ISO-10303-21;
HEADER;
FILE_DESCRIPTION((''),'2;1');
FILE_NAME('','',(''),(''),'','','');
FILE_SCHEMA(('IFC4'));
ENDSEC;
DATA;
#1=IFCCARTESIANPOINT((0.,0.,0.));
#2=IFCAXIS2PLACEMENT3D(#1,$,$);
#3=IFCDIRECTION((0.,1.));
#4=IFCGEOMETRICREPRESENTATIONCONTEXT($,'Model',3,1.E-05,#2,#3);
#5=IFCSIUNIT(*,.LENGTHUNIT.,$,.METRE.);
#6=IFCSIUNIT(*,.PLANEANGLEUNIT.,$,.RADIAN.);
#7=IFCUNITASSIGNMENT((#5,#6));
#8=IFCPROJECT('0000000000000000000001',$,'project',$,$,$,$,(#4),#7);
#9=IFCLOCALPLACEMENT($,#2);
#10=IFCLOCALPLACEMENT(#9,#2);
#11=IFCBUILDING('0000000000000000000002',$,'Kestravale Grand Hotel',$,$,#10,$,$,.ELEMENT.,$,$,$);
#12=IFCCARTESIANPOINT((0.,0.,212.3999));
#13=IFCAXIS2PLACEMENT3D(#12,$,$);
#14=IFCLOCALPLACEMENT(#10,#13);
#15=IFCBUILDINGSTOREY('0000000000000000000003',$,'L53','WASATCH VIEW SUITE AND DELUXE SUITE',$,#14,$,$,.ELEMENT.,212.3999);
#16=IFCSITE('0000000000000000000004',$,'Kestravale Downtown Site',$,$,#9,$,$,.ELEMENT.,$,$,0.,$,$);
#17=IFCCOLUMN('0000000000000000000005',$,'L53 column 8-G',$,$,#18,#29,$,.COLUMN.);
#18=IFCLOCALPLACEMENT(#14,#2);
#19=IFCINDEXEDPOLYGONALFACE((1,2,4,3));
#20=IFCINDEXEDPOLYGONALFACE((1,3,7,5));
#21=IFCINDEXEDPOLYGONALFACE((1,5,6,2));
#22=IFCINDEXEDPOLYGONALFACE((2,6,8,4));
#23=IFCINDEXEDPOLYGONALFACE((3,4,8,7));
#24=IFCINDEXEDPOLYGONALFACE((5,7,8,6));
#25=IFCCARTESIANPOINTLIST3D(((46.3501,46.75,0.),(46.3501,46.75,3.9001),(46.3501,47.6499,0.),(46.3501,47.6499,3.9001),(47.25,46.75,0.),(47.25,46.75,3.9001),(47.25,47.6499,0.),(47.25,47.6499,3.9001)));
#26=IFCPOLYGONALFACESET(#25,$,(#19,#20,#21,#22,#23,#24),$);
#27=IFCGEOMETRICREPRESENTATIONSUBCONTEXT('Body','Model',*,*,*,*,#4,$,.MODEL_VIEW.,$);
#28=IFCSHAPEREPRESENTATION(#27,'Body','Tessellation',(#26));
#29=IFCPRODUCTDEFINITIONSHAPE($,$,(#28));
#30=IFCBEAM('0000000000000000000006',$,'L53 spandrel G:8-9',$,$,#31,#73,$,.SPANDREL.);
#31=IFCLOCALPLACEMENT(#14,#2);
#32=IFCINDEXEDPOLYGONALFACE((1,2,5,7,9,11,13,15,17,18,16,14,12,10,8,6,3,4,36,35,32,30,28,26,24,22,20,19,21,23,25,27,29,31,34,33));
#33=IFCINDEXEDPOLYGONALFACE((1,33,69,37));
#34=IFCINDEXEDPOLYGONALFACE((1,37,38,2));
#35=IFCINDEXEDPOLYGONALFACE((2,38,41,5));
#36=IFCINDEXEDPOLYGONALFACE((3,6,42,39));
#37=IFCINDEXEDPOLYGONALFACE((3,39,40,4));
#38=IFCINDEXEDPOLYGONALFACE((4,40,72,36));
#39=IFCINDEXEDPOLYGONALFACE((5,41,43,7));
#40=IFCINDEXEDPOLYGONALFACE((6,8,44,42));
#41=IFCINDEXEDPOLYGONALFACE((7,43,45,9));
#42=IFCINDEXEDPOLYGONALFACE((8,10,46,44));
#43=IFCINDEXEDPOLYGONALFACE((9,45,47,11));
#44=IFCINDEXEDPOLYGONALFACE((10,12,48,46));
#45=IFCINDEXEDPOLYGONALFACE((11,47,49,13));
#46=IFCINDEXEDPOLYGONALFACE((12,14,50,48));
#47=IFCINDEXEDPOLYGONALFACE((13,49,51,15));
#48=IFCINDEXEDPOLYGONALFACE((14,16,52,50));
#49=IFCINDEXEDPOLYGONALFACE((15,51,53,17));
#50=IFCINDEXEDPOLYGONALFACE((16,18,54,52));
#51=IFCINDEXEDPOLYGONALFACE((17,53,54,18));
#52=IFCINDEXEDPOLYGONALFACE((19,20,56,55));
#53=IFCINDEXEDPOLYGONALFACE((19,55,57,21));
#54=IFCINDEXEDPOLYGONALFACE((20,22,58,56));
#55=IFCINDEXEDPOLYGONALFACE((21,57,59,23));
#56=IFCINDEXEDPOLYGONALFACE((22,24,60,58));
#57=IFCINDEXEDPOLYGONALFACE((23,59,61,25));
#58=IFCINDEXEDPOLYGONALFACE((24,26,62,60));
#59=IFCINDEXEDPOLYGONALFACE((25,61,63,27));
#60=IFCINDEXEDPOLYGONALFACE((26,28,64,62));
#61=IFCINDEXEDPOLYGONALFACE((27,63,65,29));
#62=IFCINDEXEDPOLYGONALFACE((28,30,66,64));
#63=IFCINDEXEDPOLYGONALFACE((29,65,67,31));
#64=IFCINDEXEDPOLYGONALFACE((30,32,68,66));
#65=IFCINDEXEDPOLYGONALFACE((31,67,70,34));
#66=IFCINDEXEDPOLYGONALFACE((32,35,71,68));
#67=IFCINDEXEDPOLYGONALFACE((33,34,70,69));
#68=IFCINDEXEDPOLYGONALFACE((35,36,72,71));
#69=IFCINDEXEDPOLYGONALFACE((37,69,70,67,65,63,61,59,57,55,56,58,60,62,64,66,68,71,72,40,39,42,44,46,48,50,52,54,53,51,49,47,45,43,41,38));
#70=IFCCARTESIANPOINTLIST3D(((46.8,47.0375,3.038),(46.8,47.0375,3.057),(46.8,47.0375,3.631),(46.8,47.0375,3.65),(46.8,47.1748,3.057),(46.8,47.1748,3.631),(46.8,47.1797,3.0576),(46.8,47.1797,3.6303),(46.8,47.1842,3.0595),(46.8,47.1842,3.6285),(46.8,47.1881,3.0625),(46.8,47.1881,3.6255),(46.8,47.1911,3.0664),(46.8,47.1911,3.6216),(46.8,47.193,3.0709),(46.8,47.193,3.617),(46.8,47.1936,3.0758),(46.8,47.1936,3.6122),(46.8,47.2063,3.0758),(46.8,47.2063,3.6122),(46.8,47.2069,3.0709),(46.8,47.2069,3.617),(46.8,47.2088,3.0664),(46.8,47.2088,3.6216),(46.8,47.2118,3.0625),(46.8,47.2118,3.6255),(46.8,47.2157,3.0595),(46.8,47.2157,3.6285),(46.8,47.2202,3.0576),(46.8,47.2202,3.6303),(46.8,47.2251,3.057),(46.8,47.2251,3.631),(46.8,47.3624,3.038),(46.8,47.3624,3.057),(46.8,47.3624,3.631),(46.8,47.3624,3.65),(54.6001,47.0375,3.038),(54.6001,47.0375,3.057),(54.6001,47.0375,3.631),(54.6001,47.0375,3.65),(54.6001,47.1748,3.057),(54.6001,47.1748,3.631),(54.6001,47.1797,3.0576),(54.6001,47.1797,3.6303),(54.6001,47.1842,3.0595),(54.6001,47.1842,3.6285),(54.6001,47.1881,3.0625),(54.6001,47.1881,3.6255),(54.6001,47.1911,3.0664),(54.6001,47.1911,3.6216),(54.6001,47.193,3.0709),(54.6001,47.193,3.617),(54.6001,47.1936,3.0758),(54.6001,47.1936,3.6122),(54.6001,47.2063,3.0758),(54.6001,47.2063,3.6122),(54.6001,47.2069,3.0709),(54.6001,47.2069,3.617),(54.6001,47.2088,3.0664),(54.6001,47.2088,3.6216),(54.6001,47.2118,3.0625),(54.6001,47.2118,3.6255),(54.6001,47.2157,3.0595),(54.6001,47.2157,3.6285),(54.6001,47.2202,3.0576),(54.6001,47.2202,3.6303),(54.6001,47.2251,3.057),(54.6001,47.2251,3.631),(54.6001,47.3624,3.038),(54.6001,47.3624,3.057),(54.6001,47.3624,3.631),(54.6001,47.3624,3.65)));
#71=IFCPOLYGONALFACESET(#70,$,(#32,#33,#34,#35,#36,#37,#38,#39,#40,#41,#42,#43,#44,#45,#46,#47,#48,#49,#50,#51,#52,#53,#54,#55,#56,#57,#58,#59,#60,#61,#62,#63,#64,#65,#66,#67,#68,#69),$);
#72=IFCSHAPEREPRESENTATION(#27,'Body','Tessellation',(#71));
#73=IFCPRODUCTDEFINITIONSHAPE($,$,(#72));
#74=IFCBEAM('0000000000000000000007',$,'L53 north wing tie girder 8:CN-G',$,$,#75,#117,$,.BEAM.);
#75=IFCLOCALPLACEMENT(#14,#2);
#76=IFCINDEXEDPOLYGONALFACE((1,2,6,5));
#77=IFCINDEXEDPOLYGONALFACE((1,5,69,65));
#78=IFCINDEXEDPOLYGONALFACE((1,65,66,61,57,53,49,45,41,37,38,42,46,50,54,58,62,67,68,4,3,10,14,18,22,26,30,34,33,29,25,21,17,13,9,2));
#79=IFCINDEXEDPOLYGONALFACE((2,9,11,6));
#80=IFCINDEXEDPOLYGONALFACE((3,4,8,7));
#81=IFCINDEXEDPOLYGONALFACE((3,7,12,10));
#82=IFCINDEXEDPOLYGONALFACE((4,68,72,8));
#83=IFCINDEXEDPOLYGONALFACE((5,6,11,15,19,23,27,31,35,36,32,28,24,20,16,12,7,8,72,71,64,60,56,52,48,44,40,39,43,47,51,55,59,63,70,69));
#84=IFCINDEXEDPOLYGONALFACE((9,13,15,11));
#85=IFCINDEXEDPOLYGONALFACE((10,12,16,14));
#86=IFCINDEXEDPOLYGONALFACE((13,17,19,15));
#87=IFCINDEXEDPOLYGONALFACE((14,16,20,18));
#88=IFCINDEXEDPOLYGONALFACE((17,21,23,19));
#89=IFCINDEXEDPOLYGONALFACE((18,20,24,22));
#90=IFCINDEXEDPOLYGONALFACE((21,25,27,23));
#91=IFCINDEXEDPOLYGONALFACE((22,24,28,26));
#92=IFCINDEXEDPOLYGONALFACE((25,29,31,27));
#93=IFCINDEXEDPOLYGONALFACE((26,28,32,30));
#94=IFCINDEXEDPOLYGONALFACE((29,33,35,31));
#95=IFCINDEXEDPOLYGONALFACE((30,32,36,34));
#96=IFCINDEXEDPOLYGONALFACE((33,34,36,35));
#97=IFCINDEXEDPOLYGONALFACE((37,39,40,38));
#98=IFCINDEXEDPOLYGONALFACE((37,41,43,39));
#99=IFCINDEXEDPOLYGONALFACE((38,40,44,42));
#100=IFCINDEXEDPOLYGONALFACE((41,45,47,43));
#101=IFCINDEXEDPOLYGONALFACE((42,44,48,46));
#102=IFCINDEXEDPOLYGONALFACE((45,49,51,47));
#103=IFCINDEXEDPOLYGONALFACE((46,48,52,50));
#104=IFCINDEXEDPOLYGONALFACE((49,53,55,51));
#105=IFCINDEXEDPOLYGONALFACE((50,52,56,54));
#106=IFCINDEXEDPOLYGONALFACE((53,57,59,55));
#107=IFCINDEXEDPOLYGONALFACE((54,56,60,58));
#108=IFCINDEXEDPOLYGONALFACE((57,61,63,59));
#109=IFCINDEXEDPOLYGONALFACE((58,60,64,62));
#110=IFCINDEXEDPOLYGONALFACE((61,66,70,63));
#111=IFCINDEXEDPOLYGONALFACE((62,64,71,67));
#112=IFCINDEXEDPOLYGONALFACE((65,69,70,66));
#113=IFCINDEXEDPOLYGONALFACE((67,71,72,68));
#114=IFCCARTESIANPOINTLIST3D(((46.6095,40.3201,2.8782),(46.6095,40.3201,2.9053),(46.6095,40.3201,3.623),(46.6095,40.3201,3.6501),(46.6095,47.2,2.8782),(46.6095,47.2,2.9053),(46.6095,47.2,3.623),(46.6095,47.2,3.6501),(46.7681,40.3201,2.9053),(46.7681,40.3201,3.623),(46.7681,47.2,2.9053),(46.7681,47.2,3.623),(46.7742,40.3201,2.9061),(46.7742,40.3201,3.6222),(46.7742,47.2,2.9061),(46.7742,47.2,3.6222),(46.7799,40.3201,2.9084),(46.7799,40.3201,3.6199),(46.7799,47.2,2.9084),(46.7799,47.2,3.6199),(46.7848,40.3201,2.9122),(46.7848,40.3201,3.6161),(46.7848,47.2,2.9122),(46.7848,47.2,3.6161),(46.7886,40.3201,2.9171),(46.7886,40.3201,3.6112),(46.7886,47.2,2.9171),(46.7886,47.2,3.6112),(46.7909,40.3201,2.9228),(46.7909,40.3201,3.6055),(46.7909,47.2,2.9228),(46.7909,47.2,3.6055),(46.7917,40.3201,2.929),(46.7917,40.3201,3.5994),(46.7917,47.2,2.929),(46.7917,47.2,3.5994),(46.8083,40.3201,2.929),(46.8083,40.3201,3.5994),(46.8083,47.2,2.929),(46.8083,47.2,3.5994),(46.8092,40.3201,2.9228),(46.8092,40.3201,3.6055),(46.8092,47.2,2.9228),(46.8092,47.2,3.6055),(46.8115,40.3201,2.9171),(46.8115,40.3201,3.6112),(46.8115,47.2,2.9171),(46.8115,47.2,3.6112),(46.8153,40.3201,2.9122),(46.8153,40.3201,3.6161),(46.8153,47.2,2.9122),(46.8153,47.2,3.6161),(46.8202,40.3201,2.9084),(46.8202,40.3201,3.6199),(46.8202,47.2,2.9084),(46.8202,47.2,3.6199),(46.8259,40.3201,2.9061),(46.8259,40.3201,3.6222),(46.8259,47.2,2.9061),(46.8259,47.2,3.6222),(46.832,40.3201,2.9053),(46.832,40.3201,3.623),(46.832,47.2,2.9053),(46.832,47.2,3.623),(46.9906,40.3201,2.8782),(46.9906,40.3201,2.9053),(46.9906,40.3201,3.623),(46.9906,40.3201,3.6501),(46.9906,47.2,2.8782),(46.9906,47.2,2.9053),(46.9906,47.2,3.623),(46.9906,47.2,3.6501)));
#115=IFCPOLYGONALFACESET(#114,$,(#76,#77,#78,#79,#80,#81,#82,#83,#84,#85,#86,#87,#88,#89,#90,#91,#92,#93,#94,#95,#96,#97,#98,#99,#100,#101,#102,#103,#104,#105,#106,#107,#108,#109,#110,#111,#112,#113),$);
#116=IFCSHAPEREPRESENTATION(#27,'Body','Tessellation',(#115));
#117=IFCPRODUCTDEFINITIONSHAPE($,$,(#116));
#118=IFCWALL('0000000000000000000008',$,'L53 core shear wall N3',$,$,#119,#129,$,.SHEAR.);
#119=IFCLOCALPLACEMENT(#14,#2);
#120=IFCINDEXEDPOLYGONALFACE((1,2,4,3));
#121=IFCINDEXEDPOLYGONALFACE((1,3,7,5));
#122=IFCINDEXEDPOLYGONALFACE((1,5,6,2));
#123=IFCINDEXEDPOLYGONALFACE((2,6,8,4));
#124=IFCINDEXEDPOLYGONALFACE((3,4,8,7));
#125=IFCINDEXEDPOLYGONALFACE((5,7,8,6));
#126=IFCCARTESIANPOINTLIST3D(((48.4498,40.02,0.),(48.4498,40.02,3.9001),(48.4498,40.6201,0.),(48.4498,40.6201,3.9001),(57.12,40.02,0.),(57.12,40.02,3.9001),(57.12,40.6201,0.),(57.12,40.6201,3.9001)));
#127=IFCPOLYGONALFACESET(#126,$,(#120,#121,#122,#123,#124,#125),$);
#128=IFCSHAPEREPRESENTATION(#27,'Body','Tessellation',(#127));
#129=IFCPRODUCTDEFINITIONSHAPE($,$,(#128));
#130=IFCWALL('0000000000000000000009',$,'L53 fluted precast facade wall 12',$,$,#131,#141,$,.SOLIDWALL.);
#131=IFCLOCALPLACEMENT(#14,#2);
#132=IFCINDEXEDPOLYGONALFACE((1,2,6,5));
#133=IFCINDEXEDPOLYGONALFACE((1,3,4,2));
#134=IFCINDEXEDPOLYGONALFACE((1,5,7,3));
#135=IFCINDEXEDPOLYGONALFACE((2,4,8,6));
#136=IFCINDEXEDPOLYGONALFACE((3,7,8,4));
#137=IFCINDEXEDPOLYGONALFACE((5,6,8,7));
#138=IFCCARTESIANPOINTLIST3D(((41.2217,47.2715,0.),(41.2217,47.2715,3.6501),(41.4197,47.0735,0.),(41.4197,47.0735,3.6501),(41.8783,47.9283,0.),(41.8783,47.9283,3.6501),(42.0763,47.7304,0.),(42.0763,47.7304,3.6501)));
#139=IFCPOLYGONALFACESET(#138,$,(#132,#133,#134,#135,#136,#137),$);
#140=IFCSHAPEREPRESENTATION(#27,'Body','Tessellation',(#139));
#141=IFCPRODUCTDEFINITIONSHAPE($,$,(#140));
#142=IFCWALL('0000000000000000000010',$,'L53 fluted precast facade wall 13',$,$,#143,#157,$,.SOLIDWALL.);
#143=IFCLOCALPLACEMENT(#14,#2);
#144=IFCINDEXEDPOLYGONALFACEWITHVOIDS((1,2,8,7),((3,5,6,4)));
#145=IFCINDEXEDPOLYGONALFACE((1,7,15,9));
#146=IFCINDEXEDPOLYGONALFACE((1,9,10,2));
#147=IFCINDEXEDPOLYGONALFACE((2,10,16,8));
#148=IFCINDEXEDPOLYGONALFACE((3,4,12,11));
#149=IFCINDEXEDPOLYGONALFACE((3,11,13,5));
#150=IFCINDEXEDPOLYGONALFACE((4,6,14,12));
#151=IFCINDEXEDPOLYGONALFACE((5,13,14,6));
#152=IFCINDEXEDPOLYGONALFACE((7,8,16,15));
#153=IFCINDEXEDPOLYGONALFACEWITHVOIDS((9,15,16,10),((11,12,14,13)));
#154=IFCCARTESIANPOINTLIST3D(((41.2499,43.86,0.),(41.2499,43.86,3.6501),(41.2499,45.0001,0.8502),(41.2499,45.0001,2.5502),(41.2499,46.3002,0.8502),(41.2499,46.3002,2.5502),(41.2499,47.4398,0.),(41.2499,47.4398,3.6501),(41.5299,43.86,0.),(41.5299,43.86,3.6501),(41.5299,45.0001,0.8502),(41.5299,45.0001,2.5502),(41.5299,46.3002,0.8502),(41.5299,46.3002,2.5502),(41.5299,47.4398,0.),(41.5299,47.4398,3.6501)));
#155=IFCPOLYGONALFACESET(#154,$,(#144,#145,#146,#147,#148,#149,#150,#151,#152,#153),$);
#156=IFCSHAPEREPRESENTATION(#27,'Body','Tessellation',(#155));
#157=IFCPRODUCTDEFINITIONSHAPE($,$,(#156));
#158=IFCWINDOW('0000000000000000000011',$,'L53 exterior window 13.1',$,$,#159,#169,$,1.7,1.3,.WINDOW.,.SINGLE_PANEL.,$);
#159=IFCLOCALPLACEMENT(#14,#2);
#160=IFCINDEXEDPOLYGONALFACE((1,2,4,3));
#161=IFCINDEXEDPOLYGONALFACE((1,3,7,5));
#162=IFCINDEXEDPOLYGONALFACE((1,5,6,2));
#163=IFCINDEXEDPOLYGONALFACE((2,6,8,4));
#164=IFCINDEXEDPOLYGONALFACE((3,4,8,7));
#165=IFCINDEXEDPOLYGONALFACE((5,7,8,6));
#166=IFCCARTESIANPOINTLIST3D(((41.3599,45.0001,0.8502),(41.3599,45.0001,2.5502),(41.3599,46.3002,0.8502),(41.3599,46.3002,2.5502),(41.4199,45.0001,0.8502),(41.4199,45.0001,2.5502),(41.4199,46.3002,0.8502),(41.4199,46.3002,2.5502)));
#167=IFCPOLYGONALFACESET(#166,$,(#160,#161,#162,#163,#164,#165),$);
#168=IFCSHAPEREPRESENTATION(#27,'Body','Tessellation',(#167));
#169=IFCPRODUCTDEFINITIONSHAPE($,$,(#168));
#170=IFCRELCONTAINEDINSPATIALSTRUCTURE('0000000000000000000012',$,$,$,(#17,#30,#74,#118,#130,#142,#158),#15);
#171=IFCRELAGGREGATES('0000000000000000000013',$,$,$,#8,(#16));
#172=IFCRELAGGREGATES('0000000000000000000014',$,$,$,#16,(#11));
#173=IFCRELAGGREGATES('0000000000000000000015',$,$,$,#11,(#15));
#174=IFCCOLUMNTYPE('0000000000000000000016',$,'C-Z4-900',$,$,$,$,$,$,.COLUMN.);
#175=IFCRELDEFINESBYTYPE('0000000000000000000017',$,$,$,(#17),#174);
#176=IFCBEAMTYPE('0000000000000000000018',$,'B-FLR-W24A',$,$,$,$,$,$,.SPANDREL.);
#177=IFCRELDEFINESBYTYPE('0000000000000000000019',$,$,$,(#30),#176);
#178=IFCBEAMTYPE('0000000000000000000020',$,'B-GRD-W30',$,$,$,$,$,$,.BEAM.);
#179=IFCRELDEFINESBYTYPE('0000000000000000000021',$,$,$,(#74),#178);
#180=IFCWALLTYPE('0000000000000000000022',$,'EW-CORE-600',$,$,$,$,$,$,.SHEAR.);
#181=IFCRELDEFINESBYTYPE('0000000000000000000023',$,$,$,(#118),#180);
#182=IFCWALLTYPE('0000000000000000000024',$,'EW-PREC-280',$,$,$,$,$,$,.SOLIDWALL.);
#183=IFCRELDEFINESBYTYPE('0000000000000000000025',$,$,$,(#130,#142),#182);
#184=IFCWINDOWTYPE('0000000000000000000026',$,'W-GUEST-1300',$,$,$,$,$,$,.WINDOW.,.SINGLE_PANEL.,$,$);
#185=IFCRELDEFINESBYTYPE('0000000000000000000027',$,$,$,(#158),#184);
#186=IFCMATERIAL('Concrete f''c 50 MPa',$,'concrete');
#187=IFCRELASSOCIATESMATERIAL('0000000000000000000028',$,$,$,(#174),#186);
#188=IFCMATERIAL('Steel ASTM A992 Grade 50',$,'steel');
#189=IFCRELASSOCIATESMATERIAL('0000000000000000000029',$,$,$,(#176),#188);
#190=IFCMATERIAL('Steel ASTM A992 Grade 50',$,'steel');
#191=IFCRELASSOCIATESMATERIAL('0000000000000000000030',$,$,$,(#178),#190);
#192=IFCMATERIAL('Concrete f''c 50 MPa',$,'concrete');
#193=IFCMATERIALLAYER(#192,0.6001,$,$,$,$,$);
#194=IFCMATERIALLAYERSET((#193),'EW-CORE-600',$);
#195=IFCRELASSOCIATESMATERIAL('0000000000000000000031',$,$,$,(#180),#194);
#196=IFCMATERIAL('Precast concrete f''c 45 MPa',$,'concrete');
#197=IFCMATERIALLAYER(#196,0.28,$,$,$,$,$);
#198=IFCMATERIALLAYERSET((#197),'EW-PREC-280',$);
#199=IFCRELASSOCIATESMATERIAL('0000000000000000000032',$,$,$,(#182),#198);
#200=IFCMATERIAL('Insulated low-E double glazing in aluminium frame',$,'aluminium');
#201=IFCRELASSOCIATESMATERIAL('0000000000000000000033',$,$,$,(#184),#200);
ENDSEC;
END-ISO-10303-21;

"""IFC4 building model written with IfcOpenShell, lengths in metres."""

from ifc_helpers import new_model, si_unit, direction, frame, frame_2d, origin, origin_2d, place, context, subcontext, project, spatial, rectangle, i_section, extrude, material, layer, layer_set, material_profile, profile_set, type_object, element, fill, save


model = new_model("IFC4")

# Units and contexts
model_context = context("Model", 3, precision=1e-05, world=origin(), true_north=direction((0.0, 1.0)))
body_context = subcontext(model_context, "Body", "Model", "MODEL_VIEW")
ifc_project = project(units=[si_unit("LENGTHUNIT", "METRE"), si_unit("PLANEANGLEUNIT", "RADIAN")], contexts=[model_context])

# Site, building, storey
site_placement = place(None, origin())
site = spatial("IfcSite", under=ifc_project, at=site_placement, Name="Kestravale Downtown Site", CompositionType="ELEMENT", RefElevation=0.0)
building_placement = place(site_placement, origin())
building = spatial("IfcBuilding", under=site, at=building_placement, Name="Kestravale Grand Hotel", CompositionType="ELEMENT")
storey_placement = place(building_placement, frame((0.0, 0.0, 212.3999)))
storey = spatial("IfcBuildingStorey", under=building, at=storey_placement, Name="L53", Description="WASATCH VIEW SUITE AND DELUXE SUITE", CompositionType="ELEMENT", Elevation=212.3999)

# Column
ifc_material_1 = material(Name="Concrete f'c 50 MPa", Category="concrete")
ifc_material_profile_1 = material_profile(ifc_material_1, rectangle(XDim=0.8999, YDim=0.8999, at=origin_2d()))
ifc_profile_set_1 = profile_set([ifc_material_profile_1], Name="Concrete f'c 50 MPa")
column_type = type_object("IfcColumnType", Name="C-Z4-900", PredefinedType="COLUMN", material=ifc_profile_set_1)
column_placement = place(storey_placement, frame((46.8, 47.2, 0.0), z_axis=(0.0, 0.0, 1.0), x_axis=(1.0, 0.0, 0.0)))
element("IfcColumn", 1, at=column_placement, inside=storey, type_object=column_type, Name="L53 column 8-G", PredefinedType="COLUMN", context=body_context, shape_type="SweptSolid", body=[
    extrude(rectangle(XDim=0.8999, YDim=0.8999, at=origin_2d()), origin(), (0.0, 0.0, 1.0), 3.9001),
])

# Beams
ifc_material_2 = material(Name="Steel ASTM A992 Grade 50", Category="steel")
ifc_material_profile_2 = material_profile(ifc_material_2, i_section(OverallWidth=0.325, OverallDepth=0.6121, WebThickness=0.0127, FlangeThickness=0.019, FilletRadius=0.0188, at=origin_2d()))
ifc_profile_set_2 = profile_set([ifc_material_profile_2], Name="Steel ASTM A992 Grade 50")
beam_type_1 = type_object("IfcBeamType", Name="B-FLR-W24A", PredefinedType="SPANDREL", material=ifc_profile_set_2)
beam_1_placement = place(storey_placement, frame((46.8, 47.2, 3.344), z_axis=(1.0, 0.0, 0.0), x_axis=(0.0, 1.0, 0.0)))
element("IfcBeam", 2, at=beam_1_placement, inside=storey, type_object=beam_type_1, Name="L53 spandrel G:8-9", PredefinedType="SPANDREL", context=body_context, shape_type="SweptSolid", body=[
    extrude(i_section(OverallWidth=0.325, OverallDepth=0.6121, WebThickness=0.0127, FlangeThickness=0.019, FilletRadius=0.0188, at=origin_2d()), origin(), (0.0, 0.0, 1.0), 7.8),
])
ifc_material_3 = material(Name="Steel ASTM A992 Grade 50", Category="steel")
ifc_material_profile_3 = material_profile(ifc_material_3, i_section(OverallWidth=0.3811, OverallDepth=0.772, WebThickness=0.0166, FlangeThickness=0.0271, FilletRadius=0.0237, at=origin_2d()))
ifc_profile_set_3 = profile_set([ifc_material_profile_3], Name="Steel ASTM A992 Grade 50")
beam_type_2 = type_object("IfcBeamType", Name="B-GRD-W30", PredefinedType="BEAM", material=ifc_profile_set_3)
beam_2_placement = place(storey_placement, frame((46.8, 40.3201, 3.2642), z_axis=(0.0, 1.0, 0.0), x_axis=(-1.0, 0.0, 0.0)))
element("IfcBeam", 3, at=beam_2_placement, inside=storey, type_object=beam_type_2, Name="L53 north wing tie girder 8:CN-G", PredefinedType="BEAM", context=body_context, shape_type="SweptSolid", body=[
    extrude(i_section(OverallWidth=0.3811, OverallDepth=0.772, WebThickness=0.0166, FlangeThickness=0.0271, FilletRadius=0.0237, at=origin_2d()), origin(), (0.0, 0.0, 1.0), 6.8799),
])

# Walls
ifc_material_4 = material(Name="Concrete f'c 50 MPa", Category="concrete")
ifc_layer_1 = layer(ifc_material_4, 0.6001)
ifc_layer_set_1 = layer_set([ifc_layer_1], Name="EW-CORE-600")
wall_type_1 = type_object("IfcWallType", Name="EW-CORE-600", PredefinedType="SHEAR", material=ifc_layer_set_1)
wall_1_placement = place(storey_placement, frame((48.45, 40.3201, 0.0), z_axis=(0.0, 0.0, 1.0), x_axis=(1.0, 0.0, 0.0)))
element("IfcWall", 4, at=wall_1_placement, inside=storey, type_object=wall_type_1, Name="L53 core shear wall N3", PredefinedType="SHEAR", context=body_context, shape_type="SweptSolid", body=[
    extrude(rectangle(XDim=8.6702, YDim=0.6001, at=frame_2d((4.335, 0.0))), origin(), (0.0, 0.0, 1.0), 3.9001),
])
ifc_material_5 = material(Name="Precast concrete f'c 45 MPa", Category="concrete")
ifc_layer_2 = layer(ifc_material_5, 0.28)
ifc_layer_set_2 = layer_set([ifc_layer_2], Name="EW-PREC-280")
wall_type_2 = type_object("IfcWallType", Name="EW-PREC-280", PredefinedType="SOLIDWALL", material=ifc_layer_set_2)
wall_2_placement = place(storey_placement, frame((41.9773, 47.8293, 0.0), z_axis=(0.0, 0.0, 1.0), x_axis=(-0.706975, -0.707238, 0.0)))
element("IfcWall", 5, at=wall_2_placement, inside=storey, type_object=wall_type_2, Name="L53 fluted precast facade wall 12", PredefinedType="SOLIDWALL", context=body_context, shape_type="SweptSolid", body=[
    extrude(rectangle(XDim=0.9287, YDim=0.28, at=frame_2d((0.4644, 0.0))), origin(), (0.0, 0.0, 1.0), 3.6501),
])

# Wall, opening, window
wall_3_placement = place(storey_placement, frame((41.3899, 47.4399, 0.0), z_axis=(0.0, 0.0, 1.0), x_axis=(0.0, -1.0, 0.0)))
wall_3 = element("IfcWall", 6, at=wall_3_placement, inside=storey, type_object=wall_type_2, Name="L53 fluted precast facade wall 13", PredefinedType="SOLIDWALL", context=body_context, shape_type="SweptSolid", body=[
    extrude(rectangle(XDim=3.5798, YDim=0.28, at=frame_2d((1.79, 0.0))), origin(), (0.0, 0.0, 1.0), 3.6501),
])
opening_1_placement = place(wall_3_placement, frame((1.1399, 0.0, 0.8501)))
opening_1 = element("IfcOpeningElement", 7, at=opening_1_placement, cuts=wall_3, PredefinedType="OPENING", context=body_context, shape_type="SweptSolid", body=[
    extrude(rectangle(XDim=1.3, YDim=1.7, at=frame_2d((0.6499, 0.8501))), frame((0.0, 0.1499, 0.0), z_axis=(0.0, -1.0, 0.0), x_axis=(1.0, 0.0, 0.0)), (0.0, 0.0, 1.0), 0.3),
])
ifc_material_6 = material(Name="Insulated low-E double glazing in aluminium frame", Category="aluminium")
window_type = type_object("IfcWindowType", Name="W-GUEST-1300", PartitioningType="SINGLE_PANEL", PredefinedType="WINDOW", material=ifc_material_6)
window_1_placement = place(opening_1_placement, origin())
window_1 = element("IfcWindow", 8, at=window_1_placement, inside=storey, type_object=window_type, Name="L53 exterior window 13.1", OverallHeight=1.7, OverallWidth=1.3, PartitioningType="SINGLE_PANEL", PredefinedType="WINDOW", context=body_context, shape_type="SweptSolid", body=[
    extrude(rectangle(XDim=1.3, YDim=1.7, at=frame_2d((0.6499, 0.8501))), frame((0.0, 0.03, 0.0), z_axis=(0.0, -1.0, 0.0), x_axis=(1.0, 0.0, 0.0)), (0.0, 0.0, 1.0), 0.0601),
])
fill(opening_1, window_1)

save(model, "model.ifc")
